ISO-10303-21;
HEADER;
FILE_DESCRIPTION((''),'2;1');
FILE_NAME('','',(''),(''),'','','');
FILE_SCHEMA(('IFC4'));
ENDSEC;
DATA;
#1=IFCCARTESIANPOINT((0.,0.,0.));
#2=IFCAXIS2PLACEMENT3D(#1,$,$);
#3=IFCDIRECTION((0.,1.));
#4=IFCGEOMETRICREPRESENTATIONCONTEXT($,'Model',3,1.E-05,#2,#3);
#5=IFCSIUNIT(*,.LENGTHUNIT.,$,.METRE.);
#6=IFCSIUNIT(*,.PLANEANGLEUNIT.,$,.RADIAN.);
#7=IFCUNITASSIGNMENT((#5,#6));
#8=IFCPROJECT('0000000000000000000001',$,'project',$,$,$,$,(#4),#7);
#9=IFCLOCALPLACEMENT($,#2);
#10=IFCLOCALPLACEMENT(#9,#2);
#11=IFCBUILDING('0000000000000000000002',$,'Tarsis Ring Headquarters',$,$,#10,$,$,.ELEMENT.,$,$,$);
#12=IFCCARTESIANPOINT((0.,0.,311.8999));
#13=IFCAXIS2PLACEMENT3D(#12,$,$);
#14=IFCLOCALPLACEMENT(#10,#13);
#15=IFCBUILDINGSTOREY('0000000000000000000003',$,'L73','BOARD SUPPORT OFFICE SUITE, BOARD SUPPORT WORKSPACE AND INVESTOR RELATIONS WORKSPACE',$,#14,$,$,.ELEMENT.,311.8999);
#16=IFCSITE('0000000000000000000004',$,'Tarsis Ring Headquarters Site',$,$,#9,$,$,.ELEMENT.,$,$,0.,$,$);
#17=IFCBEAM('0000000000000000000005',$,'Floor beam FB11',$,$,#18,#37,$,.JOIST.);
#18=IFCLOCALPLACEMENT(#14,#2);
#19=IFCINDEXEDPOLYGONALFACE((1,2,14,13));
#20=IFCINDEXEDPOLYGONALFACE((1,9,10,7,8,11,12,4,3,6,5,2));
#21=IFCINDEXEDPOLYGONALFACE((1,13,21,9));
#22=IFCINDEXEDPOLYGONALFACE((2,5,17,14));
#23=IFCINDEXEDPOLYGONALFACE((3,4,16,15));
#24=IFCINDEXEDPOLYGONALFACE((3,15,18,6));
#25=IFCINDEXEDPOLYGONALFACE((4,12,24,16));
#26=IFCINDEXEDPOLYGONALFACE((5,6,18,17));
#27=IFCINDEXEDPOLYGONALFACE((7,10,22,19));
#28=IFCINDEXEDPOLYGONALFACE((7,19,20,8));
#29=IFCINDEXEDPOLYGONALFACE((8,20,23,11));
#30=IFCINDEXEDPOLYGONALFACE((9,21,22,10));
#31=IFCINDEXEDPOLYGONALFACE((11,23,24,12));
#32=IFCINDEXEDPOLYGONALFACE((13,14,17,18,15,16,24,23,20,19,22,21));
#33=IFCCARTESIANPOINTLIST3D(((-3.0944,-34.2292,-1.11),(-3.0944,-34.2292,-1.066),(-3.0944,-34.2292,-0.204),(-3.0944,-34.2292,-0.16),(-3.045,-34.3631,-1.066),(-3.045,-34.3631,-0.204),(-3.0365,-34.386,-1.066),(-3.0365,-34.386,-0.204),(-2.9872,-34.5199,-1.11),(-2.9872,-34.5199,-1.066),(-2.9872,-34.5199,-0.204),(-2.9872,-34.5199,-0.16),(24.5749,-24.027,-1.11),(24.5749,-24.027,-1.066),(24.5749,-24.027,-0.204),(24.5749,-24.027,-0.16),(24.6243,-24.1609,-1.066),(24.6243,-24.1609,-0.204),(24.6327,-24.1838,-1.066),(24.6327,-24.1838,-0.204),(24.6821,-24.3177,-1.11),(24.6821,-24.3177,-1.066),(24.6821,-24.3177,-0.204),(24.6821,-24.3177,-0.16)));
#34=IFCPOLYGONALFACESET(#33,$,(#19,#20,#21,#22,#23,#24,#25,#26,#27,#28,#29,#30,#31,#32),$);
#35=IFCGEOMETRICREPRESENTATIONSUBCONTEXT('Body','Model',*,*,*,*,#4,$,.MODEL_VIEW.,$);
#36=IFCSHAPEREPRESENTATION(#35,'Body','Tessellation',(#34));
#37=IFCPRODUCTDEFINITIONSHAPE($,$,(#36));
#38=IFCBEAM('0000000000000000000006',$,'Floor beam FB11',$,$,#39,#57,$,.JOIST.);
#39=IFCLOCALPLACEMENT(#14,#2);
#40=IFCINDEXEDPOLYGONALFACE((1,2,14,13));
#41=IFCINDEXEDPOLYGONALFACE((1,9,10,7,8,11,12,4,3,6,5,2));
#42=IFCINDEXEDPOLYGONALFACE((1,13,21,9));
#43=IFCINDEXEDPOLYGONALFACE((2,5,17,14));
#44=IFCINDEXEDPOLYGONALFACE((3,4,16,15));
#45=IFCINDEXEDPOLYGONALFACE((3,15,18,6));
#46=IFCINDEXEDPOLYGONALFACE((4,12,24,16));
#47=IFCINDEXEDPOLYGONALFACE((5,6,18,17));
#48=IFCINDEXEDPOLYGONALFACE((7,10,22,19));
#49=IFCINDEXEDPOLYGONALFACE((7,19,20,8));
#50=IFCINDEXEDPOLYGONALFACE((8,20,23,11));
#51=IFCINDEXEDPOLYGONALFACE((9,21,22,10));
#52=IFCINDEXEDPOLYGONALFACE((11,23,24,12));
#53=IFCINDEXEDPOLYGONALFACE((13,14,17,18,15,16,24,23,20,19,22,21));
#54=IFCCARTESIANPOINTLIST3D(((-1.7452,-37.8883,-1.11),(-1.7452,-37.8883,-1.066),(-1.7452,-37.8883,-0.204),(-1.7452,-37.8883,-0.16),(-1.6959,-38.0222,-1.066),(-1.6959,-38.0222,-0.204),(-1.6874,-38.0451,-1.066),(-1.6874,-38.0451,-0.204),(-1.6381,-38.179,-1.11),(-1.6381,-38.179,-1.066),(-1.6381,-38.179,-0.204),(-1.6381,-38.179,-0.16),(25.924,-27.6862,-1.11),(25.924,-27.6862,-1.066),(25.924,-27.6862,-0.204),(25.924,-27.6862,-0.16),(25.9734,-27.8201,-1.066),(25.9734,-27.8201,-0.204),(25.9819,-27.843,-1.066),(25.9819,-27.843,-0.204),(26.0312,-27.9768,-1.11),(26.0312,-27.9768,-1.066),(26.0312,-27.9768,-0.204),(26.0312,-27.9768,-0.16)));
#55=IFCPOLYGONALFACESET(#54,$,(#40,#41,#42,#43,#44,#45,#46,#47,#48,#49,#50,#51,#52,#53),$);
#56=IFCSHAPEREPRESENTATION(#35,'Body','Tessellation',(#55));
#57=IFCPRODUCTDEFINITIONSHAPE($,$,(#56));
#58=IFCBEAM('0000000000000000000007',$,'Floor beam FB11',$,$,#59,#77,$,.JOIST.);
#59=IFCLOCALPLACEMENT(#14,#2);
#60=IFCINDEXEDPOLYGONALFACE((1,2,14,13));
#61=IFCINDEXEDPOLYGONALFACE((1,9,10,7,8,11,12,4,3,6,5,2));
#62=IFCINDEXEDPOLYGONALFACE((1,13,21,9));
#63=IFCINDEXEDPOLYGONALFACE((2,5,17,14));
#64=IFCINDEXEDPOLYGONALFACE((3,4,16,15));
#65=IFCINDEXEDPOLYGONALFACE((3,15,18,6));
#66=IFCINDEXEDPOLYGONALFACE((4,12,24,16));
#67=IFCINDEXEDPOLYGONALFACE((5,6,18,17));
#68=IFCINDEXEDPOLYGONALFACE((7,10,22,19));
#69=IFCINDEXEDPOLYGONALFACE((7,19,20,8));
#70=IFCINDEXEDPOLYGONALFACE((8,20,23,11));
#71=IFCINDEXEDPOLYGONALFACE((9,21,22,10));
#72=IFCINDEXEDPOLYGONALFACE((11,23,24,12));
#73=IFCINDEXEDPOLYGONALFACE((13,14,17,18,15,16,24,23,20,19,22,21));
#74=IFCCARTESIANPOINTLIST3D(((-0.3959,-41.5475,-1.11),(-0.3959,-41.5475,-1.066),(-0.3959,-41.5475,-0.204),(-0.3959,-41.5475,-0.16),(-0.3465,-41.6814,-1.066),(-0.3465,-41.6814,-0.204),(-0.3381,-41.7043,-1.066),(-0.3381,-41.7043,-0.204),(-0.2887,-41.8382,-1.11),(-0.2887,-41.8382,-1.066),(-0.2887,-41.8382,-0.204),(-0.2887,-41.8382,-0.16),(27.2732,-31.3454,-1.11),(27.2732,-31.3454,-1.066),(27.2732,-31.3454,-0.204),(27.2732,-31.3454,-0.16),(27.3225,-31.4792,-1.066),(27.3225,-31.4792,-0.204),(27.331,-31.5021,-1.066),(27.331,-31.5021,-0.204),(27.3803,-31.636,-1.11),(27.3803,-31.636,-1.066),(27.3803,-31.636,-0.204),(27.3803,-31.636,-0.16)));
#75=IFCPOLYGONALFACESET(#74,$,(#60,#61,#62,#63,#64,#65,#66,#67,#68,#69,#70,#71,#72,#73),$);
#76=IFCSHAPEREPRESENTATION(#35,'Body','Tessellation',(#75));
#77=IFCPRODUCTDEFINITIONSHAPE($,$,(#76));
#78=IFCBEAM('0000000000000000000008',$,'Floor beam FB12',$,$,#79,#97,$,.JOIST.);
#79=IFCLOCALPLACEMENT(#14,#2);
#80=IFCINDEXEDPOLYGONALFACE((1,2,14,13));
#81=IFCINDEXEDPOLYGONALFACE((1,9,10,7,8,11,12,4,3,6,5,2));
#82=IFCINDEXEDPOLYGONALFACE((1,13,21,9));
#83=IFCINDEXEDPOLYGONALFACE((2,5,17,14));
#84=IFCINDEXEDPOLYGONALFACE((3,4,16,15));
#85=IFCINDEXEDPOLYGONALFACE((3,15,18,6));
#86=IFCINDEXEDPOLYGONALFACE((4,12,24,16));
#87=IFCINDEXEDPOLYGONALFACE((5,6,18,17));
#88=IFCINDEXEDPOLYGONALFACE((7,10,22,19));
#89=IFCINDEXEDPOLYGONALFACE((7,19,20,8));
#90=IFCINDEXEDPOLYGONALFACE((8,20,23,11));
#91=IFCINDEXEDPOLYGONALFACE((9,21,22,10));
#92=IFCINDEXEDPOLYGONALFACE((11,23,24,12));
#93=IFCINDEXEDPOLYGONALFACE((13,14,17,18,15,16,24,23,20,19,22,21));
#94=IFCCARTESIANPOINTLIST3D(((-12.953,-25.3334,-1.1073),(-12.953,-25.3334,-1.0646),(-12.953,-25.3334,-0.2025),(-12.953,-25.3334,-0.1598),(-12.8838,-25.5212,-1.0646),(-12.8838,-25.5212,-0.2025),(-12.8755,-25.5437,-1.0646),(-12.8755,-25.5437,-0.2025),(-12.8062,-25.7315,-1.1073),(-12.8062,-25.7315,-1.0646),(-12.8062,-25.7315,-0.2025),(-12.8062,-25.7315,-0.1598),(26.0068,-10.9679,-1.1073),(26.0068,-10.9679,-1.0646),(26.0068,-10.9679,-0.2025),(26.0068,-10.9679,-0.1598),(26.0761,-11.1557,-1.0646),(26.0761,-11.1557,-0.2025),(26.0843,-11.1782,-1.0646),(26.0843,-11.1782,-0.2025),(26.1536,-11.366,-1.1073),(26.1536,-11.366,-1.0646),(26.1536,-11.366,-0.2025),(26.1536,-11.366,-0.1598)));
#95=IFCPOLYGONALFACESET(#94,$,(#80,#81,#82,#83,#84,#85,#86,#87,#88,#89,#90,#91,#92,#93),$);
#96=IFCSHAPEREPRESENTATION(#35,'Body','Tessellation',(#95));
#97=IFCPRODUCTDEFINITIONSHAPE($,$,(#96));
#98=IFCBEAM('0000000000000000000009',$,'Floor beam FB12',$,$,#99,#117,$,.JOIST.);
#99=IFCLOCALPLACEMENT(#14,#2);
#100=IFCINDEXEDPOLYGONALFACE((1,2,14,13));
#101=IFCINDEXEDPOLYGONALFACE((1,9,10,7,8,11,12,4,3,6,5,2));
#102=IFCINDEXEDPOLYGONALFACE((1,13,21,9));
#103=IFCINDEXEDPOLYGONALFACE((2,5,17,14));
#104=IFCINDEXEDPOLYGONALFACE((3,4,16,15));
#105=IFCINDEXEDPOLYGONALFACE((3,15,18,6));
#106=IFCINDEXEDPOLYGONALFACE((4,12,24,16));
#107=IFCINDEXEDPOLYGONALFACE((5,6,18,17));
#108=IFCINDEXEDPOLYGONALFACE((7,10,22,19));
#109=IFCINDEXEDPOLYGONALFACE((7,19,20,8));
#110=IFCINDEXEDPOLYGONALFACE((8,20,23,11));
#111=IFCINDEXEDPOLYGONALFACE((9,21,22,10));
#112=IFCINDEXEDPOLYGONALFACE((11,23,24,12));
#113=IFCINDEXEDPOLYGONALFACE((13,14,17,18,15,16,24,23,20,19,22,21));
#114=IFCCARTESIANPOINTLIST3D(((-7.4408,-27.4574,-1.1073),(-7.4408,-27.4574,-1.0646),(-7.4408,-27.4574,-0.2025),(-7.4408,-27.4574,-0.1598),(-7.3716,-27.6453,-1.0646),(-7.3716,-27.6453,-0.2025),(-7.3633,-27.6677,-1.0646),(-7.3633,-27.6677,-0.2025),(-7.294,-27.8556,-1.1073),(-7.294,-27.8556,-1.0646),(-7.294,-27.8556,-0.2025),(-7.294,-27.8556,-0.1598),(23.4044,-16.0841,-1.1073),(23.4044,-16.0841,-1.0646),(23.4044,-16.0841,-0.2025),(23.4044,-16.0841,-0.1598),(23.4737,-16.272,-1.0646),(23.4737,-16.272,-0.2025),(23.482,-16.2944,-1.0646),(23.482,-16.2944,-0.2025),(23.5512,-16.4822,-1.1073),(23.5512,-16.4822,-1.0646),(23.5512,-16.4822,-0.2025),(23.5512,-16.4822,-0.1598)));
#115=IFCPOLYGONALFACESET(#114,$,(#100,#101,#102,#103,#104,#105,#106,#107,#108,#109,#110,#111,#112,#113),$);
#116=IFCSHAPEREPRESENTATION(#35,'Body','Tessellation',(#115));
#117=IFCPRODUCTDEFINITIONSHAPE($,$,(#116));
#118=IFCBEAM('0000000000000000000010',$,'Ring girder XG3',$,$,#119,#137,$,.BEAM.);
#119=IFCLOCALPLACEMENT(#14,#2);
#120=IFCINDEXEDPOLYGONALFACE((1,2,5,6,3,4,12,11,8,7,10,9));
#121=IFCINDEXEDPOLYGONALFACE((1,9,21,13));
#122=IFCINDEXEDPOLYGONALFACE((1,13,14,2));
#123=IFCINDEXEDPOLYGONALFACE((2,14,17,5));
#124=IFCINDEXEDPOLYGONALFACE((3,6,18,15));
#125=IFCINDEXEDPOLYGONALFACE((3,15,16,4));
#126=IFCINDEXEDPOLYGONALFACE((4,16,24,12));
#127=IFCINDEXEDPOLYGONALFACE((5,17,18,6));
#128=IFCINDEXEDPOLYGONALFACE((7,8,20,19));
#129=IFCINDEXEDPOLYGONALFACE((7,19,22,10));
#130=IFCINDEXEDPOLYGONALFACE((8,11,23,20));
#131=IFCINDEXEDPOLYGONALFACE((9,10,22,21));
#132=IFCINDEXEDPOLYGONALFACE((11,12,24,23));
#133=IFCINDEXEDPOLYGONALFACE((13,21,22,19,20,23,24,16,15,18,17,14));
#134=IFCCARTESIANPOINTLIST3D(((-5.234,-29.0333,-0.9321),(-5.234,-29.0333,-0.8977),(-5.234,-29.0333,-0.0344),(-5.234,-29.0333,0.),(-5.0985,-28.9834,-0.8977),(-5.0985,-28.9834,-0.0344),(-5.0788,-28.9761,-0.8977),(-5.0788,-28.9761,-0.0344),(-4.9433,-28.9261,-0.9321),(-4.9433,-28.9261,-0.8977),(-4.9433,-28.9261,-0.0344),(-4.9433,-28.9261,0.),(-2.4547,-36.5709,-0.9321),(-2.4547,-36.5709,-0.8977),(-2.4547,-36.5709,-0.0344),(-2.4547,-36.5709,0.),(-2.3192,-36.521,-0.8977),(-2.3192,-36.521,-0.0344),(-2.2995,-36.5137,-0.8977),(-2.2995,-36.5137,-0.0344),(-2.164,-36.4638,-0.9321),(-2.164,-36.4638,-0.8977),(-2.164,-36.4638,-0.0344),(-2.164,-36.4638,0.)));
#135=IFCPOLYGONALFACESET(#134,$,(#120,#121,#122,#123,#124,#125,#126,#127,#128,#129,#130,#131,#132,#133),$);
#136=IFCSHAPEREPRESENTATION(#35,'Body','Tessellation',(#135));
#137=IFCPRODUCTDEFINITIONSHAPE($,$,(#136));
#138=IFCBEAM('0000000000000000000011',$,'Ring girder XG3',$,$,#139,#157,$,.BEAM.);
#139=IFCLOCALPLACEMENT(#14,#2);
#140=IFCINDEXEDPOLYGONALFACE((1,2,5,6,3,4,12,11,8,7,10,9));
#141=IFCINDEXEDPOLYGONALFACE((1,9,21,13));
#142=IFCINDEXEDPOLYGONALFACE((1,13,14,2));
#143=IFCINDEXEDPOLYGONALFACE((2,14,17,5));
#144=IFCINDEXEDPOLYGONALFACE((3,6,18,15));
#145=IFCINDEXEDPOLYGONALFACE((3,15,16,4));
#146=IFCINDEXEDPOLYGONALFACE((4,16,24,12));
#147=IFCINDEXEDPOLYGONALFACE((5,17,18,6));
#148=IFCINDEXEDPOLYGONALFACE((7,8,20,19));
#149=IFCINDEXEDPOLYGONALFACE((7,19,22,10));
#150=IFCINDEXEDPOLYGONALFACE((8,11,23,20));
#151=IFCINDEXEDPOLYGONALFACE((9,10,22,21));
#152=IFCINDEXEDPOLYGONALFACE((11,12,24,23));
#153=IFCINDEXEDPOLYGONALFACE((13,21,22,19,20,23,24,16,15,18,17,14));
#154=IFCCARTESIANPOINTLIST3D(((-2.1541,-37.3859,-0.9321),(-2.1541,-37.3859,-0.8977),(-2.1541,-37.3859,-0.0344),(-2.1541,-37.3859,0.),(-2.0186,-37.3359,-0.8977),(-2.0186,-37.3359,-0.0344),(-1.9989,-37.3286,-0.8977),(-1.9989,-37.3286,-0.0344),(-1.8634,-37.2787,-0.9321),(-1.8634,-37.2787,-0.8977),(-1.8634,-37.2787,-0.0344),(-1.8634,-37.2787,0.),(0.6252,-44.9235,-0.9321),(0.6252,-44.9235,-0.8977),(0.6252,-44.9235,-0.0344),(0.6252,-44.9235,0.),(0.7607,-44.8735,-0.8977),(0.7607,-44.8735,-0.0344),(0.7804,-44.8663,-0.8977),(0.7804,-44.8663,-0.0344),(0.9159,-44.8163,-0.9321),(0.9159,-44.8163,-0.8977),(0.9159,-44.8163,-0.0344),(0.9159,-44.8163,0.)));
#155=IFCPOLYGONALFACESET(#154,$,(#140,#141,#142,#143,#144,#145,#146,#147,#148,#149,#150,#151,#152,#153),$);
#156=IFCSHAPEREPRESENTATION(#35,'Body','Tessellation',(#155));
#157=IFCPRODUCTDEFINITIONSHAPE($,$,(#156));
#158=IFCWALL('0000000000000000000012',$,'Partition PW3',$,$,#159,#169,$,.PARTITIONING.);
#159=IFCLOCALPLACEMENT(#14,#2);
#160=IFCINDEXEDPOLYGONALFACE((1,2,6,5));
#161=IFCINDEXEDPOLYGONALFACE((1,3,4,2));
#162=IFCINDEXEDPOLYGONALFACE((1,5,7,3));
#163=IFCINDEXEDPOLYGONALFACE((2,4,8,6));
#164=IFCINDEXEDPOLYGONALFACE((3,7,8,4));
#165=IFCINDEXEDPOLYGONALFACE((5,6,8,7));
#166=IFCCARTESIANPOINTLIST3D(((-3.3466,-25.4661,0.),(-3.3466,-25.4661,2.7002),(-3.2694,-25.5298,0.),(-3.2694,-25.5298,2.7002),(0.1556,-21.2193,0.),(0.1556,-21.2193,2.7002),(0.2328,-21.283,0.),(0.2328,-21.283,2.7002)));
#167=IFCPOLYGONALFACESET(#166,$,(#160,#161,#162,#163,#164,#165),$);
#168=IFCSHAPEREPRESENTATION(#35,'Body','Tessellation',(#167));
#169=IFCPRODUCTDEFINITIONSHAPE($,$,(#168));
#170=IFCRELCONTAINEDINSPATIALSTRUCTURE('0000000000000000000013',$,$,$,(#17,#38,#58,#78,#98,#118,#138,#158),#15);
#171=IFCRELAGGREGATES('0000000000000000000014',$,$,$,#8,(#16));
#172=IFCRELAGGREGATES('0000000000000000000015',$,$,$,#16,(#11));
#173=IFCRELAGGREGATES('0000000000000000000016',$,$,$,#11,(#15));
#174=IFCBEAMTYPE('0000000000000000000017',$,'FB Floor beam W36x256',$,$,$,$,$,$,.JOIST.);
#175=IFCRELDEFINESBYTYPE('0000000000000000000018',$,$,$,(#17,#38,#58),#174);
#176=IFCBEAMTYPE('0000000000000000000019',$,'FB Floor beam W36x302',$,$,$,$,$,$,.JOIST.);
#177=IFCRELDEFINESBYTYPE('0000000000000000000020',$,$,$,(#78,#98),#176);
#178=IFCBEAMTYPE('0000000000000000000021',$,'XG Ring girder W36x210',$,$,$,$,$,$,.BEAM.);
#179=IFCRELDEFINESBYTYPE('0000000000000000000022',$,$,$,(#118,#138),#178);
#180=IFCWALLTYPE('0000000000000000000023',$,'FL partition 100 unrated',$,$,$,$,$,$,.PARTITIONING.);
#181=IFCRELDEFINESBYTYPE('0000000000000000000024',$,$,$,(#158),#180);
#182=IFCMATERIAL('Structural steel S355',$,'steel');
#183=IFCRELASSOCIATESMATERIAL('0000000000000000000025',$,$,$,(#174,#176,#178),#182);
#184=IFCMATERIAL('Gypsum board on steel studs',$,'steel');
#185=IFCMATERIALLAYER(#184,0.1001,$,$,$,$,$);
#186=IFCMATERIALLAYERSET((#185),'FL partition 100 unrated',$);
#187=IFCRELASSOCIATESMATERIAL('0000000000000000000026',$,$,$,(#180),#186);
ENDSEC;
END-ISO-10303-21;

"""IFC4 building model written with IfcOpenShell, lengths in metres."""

from ifc_helpers import new_model, si_unit, direction, frame, frame_2d, origin, origin_2d, place, context, subcontext, project, spatial, rectangle, i_section, extrude, material, layer, layer_set, material_profile, profile_set, type_object, element, save


model = new_model("IFC4")

# Units and contexts
model_context = context("Model", 3, precision=1e-05, world=origin(), true_north=direction((0.0, 1.0)))
body_context = subcontext(model_context, "Body", "Model", "MODEL_VIEW")
ifc_project = project(units=[si_unit("LENGTHUNIT", "METRE"), si_unit("PLANEANGLEUNIT", "RADIAN")], contexts=[model_context])

# Site, building, storey
site_placement = place(None, origin())
site = spatial("IfcSite", under=ifc_project, at=site_placement, Name="Tarsis Ring Headquarters Site", CompositionType="ELEMENT", RefElevation=0.0)
building_placement = place(site_placement, origin())
building = spatial("IfcBuilding", under=site, at=building_placement, Name="Tarsis Ring Headquarters", CompositionType="ELEMENT")
storey_placement = place(building_placement, frame((0.0, 0.0, 311.8999)))
storey = spatial("IfcBuildingStorey", under=building, at=storey_placement, Name="L73", Description="BOARD SUPPORT OFFICE SUITE, BOARD SUPPORT WORKSPACE AND INVESTOR RELATIONS WORKSPACE", CompositionType="ELEMENT", Elevation=311.8999)

# Shared definitions
ifc_material_1 = material(Name="Structural steel S355", Category="steel")

# Beams
ifc_material_profile_1 = material_profile(ifc_material_1, i_section(OverallWidth=0.3098, OverallDepth=0.95, WebThickness=0.0244, FlangeThickness=0.0439, at=origin_2d()), Name="W36x256")
ifc_profile_set_1 = profile_set([ifc_material_profile_1], Name="Structural steel S355")
beam_type_1 = type_object("IfcBeamType", Name="FB Floor beam W36x256", PredefinedType="JOIST", material=ifc_profile_set_1)
for number, where, z_axis, x_axis, name in (
    (1, (-3.0408, -34.3745, -0.635), (0.938252, 0.345951, 0.0), (-0.345951, 0.938252, 0.0), "Floor beam FB11"),
    (2, (-1.6917, -38.0337, -0.635), (0.938252, 0.345951, 0.0), (-0.345951, 0.938252, 0.0), "Floor beam FB11"),
):
    element("IfcBeam", number, at=place(storey_placement, frame(where, z_axis=z_axis, x_axis=x_axis)), inside=storey, type_object=beam_type_1, Name=name, PredefinedType="JOIST", context=body_context, shape_type="SweptSolid", body=[
        extrude(i_section(OverallWidth=0.3098, OverallDepth=0.95, WebThickness=0.0244, FlangeThickness=0.0439, at=origin_2d()), origin(), (0.0, 0.0, 1.0), 29.4902),
    ])
beam_1_placement = place(storey_placement, frame((-0.3423, -41.6929, -0.635), z_axis=(0.938251, 0.345954, 0.0), x_axis=(-0.345954, 0.938251, 0.0)))
element("IfcBeam", 3, at=beam_1_placement, inside=storey, type_object=beam_type_1, Name="Floor beam FB11", PredefinedType="JOIST", context=body_context, shape_type="SweptSolid", body=[
    extrude(i_section(OverallWidth=0.3098, OverallDepth=0.95, WebThickness=0.0244, FlangeThickness=0.0439, at=origin_2d()), origin(), (0.0, 0.0, 1.0), 29.49),
])
ifc_material_profile_2 = material_profile(ifc_material_1, i_section(OverallWidth=0.4243, OverallDepth=0.9475, WebThickness=0.0239, FlangeThickness=0.0427, at=origin_2d()), Name="W36x302")
ifc_profile_set_2 = profile_set([ifc_material_profile_2], Name="Structural steel S355")
beam_type_2 = type_object("IfcBeamType", Name="FB Floor beam W36x302", PredefinedType="JOIST", material=ifc_profile_set_2)
beam_2_placement = place(storey_placement, frame((-12.8796, -25.5325, -0.6335), z_axis=(0.93825, 0.345958, 0.0), x_axis=(-0.345958, 0.93825, 0.0)))
element("IfcBeam", 4, at=beam_2_placement, inside=storey, type_object=beam_type_2, Name="Floor beam FB12", PredefinedType="JOIST", context=body_context, shape_type="SweptSolid", body=[
    extrude(i_section(OverallWidth=0.4243, OverallDepth=0.9475, WebThickness=0.0239, FlangeThickness=0.0427, at=origin_2d()), origin(), (0.0, 0.0, 1.0), 41.5239),
])
beam_3_placement = place(storey_placement, frame((-7.3674, -27.6565, -0.6335), z_axis=(0.938252, 0.345953, 0.0), x_axis=(-0.345953, 0.938252, 0.0)))
element("IfcBeam", 5, at=beam_3_placement, inside=storey, type_object=beam_type_2, Name="Floor beam FB12", PredefinedType="JOIST", context=body_context, shape_type="SweptSolid", body=[
    extrude(i_section(OverallWidth=0.4243, OverallDepth=0.9475, WebThickness=0.0239, FlangeThickness=0.0427, at=origin_2d()), origin(), (0.0, 0.0, 1.0), 32.8752),
])
ifc_material_profile_3 = material_profile(ifc_material_1, i_section(OverallWidth=0.3098, OverallDepth=0.9321, WebThickness=0.021, FlangeThickness=0.0344, at=origin_2d()), Name="W36x210")
ifc_profile_set_3 = profile_set([ifc_material_profile_3], Name="Structural steel S355")
beam_type_3 = type_object("IfcBeamType", Name="XG Ring girder W36x210", PredefinedType="BEAM", material=ifc_profile_set_3)
for number, where, z_axis, x_axis, name in (
    (6, (-5.0886, -28.9797, -0.4661), (0.345956, -0.938251, 0.0), (0.938251, 0.345956, 0.0), "Ring girder XG3"),
    (7, (-2.0088, -37.3323, -0.4661), (0.345956, -0.938251, 0.0), (0.938251, 0.345956, 0.0), "Ring girder XG3"),
):
    element("IfcBeam", number, at=place(storey_placement, frame(where, z_axis=z_axis, x_axis=x_axis)), inside=storey, type_object=beam_type_3, Name=name, PredefinedType="BEAM", context=body_context, shape_type="SweptSolid", body=[
        extrude(i_section(OverallWidth=0.3098, OverallDepth=0.9321, WebThickness=0.021, FlangeThickness=0.0344, at=origin_2d()), origin(), (0.0, 0.0, 1.0), 8.0337),
    ])

# Wall
ifc_material_2 = material(Name="Gypsum board on steel studs", Category="steel")
ifc_layer_1 = layer(ifc_material_2, 0.1001)
ifc_layer_set_1 = layer_set([ifc_layer_1], Name="FL partition 100 unrated")
wall_type_1 = type_object("IfcWallType", Name="FL partition 100 unrated", PredefinedType="PARTITIONING", material=ifc_layer_set_1)
wall_1_placement = place(storey_placement, frame((-3.3081, -25.498, 0.0), z_axis=(0.0, 0.0, 1.0), x_axis=(0.636228, 0.771501, 0.0)))
element("IfcWall", 8, at=wall_1_placement, inside=storey, type_object=wall_type_1, Name="Partition PW3", PredefinedType="PARTITIONING", context=body_context, shape_type="SweptSolid", body=[
    extrude(rectangle(XDim=5.5046, YDim=0.1001, at=frame_2d((2.7524, 0.0))), origin(), (0.0, 0.0, 1.0), 2.7002),
])

save(model, "model.ifc")
